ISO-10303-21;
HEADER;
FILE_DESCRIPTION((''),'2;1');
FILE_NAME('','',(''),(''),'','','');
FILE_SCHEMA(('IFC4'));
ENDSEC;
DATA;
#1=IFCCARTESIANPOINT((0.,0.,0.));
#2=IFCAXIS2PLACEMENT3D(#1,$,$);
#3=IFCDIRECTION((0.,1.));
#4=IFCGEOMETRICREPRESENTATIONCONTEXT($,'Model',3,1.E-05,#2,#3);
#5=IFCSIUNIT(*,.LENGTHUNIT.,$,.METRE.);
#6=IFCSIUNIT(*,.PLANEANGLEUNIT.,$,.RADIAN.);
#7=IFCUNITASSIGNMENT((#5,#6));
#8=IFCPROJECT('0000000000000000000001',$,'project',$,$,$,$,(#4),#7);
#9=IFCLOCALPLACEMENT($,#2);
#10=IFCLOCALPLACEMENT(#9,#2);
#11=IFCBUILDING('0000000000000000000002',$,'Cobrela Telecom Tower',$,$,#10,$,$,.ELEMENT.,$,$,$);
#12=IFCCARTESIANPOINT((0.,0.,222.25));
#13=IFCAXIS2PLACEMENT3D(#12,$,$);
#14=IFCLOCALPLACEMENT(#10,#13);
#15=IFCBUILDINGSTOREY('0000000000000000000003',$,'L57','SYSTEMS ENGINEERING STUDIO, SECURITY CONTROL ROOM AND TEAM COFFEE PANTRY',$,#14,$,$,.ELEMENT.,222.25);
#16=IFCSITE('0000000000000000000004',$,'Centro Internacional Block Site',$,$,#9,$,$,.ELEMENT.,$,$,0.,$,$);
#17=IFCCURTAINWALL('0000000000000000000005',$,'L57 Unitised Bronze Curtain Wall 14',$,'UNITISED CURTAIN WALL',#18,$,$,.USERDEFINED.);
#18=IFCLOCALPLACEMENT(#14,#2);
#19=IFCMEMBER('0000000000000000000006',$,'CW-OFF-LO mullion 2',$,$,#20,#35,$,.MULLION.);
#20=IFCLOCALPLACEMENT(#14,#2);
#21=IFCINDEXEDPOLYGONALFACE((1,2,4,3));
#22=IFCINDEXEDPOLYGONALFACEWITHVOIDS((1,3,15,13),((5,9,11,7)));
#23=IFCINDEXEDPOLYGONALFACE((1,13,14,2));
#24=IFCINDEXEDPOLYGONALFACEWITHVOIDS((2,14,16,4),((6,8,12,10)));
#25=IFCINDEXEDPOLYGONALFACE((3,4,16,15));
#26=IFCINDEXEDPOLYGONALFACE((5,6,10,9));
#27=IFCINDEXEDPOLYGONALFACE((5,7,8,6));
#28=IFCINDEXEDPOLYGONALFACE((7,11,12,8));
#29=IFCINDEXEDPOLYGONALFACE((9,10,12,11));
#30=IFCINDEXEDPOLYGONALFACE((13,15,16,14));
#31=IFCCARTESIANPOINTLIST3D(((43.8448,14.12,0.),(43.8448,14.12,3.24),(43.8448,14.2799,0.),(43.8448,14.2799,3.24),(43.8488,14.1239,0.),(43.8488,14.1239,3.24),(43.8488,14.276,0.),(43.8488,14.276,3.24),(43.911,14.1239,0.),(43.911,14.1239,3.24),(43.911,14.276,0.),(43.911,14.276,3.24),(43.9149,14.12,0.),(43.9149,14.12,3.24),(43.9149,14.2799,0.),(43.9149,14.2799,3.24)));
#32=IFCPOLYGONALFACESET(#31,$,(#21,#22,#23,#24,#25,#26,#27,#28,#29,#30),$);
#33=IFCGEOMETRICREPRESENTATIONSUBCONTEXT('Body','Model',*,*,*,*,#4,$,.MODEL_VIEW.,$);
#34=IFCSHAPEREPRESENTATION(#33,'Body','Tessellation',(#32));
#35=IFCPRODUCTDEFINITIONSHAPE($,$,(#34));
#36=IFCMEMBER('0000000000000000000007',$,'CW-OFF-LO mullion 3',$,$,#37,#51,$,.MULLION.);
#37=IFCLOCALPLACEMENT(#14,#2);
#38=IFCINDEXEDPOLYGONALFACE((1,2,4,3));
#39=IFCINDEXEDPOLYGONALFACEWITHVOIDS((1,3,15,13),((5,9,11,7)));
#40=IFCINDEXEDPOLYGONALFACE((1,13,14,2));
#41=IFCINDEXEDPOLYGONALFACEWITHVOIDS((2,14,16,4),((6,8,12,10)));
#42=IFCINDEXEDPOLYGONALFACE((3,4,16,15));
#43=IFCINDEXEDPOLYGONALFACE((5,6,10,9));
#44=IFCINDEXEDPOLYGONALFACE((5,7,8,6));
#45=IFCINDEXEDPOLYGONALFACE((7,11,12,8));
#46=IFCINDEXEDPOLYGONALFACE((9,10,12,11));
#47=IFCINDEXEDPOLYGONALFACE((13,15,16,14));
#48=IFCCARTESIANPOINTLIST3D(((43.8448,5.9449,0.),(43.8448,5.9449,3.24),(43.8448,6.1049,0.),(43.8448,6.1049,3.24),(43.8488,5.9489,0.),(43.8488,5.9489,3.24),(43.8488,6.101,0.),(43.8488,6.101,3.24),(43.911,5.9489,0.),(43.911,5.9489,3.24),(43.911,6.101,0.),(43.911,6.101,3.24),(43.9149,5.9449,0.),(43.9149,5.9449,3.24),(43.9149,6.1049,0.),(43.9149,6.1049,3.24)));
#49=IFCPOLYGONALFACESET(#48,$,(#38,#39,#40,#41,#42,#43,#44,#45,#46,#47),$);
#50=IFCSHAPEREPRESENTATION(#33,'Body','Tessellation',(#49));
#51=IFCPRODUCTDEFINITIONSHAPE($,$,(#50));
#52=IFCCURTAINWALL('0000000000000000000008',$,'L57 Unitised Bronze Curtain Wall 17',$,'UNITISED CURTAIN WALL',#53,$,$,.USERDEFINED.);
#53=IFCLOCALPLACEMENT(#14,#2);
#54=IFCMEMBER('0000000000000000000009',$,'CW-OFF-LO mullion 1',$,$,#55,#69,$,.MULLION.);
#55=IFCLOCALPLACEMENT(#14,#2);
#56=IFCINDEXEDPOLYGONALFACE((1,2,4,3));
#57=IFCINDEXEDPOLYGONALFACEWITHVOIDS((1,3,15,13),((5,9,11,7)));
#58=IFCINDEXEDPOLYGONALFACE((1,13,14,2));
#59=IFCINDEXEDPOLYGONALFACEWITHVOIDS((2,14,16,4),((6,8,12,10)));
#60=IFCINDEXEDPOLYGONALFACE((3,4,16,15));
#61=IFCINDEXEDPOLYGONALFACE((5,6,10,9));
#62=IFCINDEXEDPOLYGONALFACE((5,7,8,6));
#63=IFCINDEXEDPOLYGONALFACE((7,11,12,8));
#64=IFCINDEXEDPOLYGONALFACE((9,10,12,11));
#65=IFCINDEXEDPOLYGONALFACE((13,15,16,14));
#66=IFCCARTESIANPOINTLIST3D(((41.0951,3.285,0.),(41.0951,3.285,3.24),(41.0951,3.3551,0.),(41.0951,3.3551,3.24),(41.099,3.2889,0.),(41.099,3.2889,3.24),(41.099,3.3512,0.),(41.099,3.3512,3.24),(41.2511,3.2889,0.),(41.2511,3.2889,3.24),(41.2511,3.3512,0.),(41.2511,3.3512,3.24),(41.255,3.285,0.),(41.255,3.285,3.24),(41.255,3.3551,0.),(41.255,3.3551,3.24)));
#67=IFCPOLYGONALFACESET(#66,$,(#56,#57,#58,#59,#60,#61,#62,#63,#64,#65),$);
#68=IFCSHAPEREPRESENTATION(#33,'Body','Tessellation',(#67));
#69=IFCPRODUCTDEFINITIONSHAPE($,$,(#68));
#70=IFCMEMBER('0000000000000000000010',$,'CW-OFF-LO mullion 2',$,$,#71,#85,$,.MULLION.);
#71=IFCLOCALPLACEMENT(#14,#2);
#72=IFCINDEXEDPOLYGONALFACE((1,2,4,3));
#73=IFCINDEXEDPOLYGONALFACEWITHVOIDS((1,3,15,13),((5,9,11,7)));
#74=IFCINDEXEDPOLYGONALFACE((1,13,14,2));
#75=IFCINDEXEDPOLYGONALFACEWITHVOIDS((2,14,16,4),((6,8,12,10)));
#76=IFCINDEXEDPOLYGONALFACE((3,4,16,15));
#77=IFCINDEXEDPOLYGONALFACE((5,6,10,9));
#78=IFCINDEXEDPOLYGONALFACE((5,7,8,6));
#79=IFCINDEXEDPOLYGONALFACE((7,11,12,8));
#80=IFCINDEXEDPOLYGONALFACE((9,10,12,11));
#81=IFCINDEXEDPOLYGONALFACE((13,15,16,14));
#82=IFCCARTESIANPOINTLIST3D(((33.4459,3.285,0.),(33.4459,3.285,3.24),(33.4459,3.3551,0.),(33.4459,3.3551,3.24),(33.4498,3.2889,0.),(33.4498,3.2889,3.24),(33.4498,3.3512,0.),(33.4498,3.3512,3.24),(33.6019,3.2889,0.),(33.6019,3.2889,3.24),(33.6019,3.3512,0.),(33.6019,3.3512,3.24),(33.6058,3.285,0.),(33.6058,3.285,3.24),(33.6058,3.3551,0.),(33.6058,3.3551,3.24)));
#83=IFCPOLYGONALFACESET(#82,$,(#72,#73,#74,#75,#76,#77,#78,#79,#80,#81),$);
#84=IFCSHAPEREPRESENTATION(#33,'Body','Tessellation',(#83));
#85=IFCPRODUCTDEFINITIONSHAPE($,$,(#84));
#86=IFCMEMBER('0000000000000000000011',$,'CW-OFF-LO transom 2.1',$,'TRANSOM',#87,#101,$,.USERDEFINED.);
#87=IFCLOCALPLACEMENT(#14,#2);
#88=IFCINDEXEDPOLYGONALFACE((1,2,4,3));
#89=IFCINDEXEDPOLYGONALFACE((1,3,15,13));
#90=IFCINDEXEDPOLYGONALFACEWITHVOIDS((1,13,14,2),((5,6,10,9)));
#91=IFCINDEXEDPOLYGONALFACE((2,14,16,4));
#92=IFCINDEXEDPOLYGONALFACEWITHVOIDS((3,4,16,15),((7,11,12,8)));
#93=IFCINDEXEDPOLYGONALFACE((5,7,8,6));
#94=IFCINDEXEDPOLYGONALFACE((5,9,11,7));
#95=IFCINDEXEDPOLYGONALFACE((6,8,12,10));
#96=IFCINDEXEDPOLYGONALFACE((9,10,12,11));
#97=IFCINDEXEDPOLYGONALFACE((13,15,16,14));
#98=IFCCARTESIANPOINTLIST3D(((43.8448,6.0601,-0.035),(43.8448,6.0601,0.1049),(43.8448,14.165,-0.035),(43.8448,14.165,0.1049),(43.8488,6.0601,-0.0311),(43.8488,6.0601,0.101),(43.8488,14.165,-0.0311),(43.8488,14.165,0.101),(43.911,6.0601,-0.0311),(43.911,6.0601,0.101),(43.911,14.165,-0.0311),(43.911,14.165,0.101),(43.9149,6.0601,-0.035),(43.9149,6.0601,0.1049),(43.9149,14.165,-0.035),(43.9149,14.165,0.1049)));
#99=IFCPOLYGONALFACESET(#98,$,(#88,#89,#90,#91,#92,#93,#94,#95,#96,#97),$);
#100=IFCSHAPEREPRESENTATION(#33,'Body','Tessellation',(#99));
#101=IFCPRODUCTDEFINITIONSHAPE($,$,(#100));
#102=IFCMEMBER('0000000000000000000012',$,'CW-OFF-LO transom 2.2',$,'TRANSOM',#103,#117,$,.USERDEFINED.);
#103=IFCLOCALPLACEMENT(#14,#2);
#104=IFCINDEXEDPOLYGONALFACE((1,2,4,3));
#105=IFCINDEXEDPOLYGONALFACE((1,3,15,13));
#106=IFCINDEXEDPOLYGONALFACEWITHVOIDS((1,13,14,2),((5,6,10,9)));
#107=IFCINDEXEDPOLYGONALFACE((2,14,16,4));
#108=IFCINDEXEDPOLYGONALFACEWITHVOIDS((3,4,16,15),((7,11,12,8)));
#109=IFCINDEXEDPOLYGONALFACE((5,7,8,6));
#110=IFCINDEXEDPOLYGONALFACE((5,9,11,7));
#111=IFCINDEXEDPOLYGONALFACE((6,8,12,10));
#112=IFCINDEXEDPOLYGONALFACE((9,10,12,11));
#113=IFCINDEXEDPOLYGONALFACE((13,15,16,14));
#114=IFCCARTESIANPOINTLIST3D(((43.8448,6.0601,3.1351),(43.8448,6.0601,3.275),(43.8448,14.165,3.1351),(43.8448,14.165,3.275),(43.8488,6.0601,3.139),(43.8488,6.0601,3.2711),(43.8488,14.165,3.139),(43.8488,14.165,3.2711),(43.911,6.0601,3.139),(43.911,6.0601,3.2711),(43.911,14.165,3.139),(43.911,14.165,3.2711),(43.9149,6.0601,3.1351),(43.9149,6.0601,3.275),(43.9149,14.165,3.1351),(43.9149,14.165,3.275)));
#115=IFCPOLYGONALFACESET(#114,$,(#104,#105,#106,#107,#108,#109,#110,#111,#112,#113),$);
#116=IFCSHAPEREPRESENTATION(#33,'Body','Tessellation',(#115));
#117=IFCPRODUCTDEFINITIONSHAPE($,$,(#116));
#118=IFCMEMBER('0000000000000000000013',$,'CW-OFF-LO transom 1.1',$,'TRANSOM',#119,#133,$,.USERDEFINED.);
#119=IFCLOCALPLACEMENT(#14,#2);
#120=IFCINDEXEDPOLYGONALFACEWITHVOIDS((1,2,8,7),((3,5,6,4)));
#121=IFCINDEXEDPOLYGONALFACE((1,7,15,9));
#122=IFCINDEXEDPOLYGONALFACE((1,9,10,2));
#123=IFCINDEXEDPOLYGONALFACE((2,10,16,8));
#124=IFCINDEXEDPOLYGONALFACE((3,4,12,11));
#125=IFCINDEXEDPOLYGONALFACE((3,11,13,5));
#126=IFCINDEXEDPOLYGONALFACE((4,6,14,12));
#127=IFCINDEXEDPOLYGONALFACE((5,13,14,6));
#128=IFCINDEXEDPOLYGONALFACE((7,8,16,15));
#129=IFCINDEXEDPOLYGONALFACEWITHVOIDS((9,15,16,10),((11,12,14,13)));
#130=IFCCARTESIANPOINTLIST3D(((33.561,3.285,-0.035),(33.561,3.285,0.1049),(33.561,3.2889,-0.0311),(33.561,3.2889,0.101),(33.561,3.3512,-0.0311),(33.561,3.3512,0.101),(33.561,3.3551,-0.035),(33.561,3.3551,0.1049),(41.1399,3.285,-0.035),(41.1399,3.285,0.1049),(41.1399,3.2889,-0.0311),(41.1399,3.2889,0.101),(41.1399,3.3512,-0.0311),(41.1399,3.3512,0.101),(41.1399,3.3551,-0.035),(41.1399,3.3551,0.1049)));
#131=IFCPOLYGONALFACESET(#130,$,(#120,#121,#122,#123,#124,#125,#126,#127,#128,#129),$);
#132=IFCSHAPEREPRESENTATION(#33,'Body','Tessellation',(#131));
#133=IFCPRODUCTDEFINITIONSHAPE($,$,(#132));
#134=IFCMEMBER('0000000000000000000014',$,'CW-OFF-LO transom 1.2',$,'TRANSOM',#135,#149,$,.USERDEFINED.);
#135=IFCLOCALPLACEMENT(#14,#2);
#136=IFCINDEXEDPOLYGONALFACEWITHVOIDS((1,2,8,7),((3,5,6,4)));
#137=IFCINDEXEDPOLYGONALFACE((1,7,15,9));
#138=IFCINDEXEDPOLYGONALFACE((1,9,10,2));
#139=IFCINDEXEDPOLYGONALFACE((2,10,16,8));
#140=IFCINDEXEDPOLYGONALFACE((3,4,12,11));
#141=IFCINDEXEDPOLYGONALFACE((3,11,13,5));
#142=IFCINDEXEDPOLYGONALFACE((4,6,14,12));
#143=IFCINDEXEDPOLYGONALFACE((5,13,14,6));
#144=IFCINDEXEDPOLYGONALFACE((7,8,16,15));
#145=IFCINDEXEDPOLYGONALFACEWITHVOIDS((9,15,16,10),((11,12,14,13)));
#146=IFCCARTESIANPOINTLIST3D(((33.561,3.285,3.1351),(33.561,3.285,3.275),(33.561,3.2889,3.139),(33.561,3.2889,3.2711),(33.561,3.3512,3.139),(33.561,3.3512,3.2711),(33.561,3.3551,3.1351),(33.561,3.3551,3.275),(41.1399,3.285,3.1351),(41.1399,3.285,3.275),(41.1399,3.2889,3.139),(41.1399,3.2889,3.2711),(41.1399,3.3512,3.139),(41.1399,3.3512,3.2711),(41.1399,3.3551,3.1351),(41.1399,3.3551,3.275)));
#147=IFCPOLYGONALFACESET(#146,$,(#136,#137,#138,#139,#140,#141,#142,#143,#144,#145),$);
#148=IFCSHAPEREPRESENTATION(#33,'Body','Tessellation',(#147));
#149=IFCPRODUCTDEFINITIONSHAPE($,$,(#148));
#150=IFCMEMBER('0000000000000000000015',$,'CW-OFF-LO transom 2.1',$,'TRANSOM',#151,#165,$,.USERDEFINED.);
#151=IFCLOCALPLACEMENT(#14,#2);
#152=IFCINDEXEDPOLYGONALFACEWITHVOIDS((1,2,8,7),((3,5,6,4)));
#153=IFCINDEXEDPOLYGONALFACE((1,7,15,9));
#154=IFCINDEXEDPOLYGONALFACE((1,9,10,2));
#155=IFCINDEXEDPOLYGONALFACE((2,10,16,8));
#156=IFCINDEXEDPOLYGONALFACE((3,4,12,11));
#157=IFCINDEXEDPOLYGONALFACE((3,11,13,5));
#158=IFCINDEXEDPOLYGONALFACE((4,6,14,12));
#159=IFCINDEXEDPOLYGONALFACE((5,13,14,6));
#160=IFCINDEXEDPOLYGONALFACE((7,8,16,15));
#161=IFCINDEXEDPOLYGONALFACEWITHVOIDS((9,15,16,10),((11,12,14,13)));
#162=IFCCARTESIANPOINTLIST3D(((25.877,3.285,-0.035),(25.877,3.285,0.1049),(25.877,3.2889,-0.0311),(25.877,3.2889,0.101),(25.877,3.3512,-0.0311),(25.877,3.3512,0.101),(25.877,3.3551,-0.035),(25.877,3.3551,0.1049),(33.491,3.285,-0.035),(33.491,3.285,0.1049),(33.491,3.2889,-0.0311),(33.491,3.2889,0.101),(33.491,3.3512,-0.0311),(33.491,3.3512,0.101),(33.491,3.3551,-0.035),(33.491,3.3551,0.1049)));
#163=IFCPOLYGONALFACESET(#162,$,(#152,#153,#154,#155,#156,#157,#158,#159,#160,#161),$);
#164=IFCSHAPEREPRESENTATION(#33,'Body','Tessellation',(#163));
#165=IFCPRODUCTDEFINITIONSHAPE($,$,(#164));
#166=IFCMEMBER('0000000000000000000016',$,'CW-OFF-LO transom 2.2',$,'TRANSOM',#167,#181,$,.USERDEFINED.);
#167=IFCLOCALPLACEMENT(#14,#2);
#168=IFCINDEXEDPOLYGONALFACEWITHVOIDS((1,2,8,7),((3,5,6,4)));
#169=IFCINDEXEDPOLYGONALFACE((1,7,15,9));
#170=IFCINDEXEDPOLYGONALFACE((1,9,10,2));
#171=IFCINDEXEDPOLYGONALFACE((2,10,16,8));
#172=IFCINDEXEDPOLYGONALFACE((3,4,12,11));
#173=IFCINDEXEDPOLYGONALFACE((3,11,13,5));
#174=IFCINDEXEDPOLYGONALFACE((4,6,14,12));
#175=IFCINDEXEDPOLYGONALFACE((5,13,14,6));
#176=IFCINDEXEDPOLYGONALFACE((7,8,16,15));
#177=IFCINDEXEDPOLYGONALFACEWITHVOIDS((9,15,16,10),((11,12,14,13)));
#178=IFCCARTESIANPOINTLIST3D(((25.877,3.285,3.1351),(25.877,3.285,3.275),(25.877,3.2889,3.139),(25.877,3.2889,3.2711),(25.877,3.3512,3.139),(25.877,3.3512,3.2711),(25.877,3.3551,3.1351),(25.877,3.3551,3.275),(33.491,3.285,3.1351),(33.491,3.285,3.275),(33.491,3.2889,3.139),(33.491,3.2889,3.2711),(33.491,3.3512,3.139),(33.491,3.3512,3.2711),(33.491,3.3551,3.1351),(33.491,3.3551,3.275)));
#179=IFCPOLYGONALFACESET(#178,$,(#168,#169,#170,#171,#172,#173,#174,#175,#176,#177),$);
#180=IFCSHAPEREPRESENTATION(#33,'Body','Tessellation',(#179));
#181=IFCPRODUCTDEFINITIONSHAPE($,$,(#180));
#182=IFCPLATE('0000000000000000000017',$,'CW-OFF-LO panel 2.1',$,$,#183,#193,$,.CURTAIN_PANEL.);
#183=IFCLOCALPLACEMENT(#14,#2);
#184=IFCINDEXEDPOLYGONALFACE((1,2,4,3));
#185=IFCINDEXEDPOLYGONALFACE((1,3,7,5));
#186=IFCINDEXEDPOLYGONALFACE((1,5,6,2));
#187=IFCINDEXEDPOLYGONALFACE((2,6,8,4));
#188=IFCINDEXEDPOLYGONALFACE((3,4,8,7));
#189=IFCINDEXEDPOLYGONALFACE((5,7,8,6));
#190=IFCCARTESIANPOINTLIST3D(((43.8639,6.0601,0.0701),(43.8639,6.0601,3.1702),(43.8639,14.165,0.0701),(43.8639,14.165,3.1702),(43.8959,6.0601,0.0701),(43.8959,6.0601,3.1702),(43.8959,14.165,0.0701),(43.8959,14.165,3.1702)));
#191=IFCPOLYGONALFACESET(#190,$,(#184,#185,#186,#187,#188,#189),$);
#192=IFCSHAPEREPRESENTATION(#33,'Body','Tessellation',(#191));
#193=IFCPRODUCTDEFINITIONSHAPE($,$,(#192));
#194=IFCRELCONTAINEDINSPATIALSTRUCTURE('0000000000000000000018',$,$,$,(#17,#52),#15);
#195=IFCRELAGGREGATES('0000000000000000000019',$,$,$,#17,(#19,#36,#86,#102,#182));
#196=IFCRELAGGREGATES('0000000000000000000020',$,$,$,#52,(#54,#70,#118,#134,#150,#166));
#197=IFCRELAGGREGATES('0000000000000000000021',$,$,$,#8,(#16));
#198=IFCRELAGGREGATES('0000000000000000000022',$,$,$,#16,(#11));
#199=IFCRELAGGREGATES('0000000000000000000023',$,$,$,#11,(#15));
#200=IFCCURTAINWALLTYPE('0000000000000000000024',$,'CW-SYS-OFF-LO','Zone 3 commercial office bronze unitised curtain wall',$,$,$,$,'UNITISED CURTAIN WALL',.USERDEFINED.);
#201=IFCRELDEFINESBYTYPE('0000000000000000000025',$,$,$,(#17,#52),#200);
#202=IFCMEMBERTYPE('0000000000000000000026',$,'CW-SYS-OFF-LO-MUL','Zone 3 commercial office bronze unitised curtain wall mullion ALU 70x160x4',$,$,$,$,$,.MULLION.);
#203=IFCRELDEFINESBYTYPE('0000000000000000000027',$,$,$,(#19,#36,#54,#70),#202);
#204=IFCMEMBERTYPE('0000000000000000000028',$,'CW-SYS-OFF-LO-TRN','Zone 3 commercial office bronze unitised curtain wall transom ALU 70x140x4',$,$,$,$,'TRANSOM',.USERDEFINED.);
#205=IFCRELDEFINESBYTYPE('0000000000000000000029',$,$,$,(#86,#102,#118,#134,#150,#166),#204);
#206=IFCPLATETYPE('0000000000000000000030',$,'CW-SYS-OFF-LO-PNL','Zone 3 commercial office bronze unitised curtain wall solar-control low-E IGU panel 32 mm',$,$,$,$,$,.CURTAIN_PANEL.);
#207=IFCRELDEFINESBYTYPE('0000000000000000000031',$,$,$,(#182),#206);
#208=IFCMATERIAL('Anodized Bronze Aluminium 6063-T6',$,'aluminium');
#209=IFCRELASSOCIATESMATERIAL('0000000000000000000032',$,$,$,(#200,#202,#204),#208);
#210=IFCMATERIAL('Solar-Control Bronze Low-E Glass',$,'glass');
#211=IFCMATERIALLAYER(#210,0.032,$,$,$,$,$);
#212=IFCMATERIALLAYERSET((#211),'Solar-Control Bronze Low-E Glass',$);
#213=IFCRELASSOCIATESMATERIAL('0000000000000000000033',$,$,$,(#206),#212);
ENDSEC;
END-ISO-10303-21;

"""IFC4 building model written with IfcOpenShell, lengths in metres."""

from ifc_helpers import new_model, si_unit, direction, frame, origin, origin_2d, place, context, subcontext, project, spatial, rectangle, hollow_rectangle, extrude, material, layer, layer_set, material_profile, profile_set, type_object, element, aggregate, save


model = new_model("IFC4")

# Units and contexts
model_context = context("Model", 3, precision=1e-05, world=origin(), true_north=direction((0.0, 1.0)))
body_context = subcontext(model_context, "Body", "Model", "MODEL_VIEW")
ifc_project = project(units=[si_unit("LENGTHUNIT", "METRE"), si_unit("PLANEANGLEUNIT", "RADIAN")], contexts=[model_context])

# Site, building, storey
site_placement = place(None, origin())
site = spatial("IfcSite", under=ifc_project, at=site_placement, Name="Centro Internacional Block Site", CompositionType="ELEMENT", RefElevation=0.0)
building_placement = place(site_placement, origin())
building = spatial("IfcBuilding", under=site, at=building_placement, Name="Cobrela Telecom Tower", CompositionType="ELEMENT")
storey_placement = place(building_placement, frame((0.0, 0.0, 222.25)))
storey = spatial("IfcBuildingStorey", under=building, at=storey_placement, Name="L57", Description="SYSTEMS ENGINEERING STUDIO, SECURITY CONTROL ROOM AND TEAM COFFEE PANTRY", CompositionType="ELEMENT", Elevation=222.25)

# Curtain walls, members
ifc_material_1 = material(Name="Anodized Bronze Aluminium 6063-T6", Category="aluminium")
curtain_wall_type = type_object("IfcCurtainWallType", Name="CW-SYS-OFF-LO", Description="Zone 3 commercial office bronze unitised curtain wall", ElementType="UNITISED CURTAIN WALL", PredefinedType="USERDEFINED", material=ifc_material_1)
curtain_wall_1_placement = place(storey_placement, origin())
curtain_wall_1 = element("IfcCurtainWall", 1, at=curtain_wall_1_placement, inside=storey, type_object=curtain_wall_type, Name="L57 Unitised Bronze Curtain Wall 14", ObjectType="UNITISED CURTAIN WALL", PredefinedType="USERDEFINED")
ifc_material_profile_1 = material_profile(ifc_material_1, hollow_rectangle(XDim=0.0701, YDim=0.1599, WallThickness=0.0039, at=origin_2d()), Name="ALU 70x160x4")
ifc_profile_set_1 = profile_set([ifc_material_profile_1], Name="Anodized Bronze Aluminium 6063-T6")
member_type_1 = type_object("IfcMemberType", Name="CW-SYS-OFF-LO-MUL", Description="Zone 3 commercial office bronze unitised curtain wall mullion ALU 70x160x4", PredefinedType="MULLION", material=ifc_profile_set_1)
member_1_placement = place(storey_placement, frame((43.8799, 14.2, 0.0), z_axis=(0.0, 0.0, 1.0), x_axis=(1.0, 0.0, 0.0)))
member_1 = element("IfcMember", 2, at=member_1_placement, type_object=member_type_1, Name="CW-OFF-LO mullion 2", PredefinedType="MULLION", context=body_context, shape_type="SweptSolid", body=[
    extrude(hollow_rectangle(XDim=0.0701, YDim=0.1599, WallThickness=0.0039, at=origin_2d()), origin(), (0.0, 0.0, 1.0), 3.24),
])
member_2_placement = place(storey_placement, frame((43.8799, 6.0249, 0.0), z_axis=(0.0, 0.0, 1.0), x_axis=(1.0, 0.0, 0.0)))
member_2 = element("IfcMember", 3, at=member_2_placement, type_object=member_type_1, Name="CW-OFF-LO mullion 3", PredefinedType="MULLION", context=body_context, shape_type="SweptSolid", body=[
    extrude(hollow_rectangle(XDim=0.0701, YDim=0.1599, WallThickness=0.0039, at=origin_2d()), origin(), (0.0, 0.0, 1.0), 3.24),
])
curtain_wall_2_placement = place(storey_placement, origin())
curtain_wall_2 = element("IfcCurtainWall", 4, at=curtain_wall_2_placement, inside=storey, type_object=curtain_wall_type, Name="L57 Unitised Bronze Curtain Wall 17", ObjectType="UNITISED CURTAIN WALL", PredefinedType="USERDEFINED")
member_3_placement = place(storey_placement, frame((41.175, 3.3201, 0.0), z_axis=(0.0, 0.0, 1.0), x_axis=(0.0, -1.0, 0.0)))
member_3 = element("IfcMember", 5, at=member_3_placement, type_object=member_type_1, Name="CW-OFF-LO mullion 1", PredefinedType="MULLION", context=body_context, shape_type="SweptSolid", body=[
    extrude(hollow_rectangle(XDim=0.0701, YDim=0.1599, WallThickness=0.0039, at=origin_2d()), origin(), (0.0, 0.0, 1.0), 3.24),
])
member_4_placement = place(storey_placement, frame((33.5259, 3.3201, 0.0), z_axis=(0.0, 0.0, 1.0), x_axis=(0.0, -1.0, 0.0)))
member_4 = element("IfcMember", 6, at=member_4_placement, type_object=member_type_1, Name="CW-OFF-LO mullion 2", PredefinedType="MULLION", context=body_context, shape_type="SweptSolid", body=[
    extrude(hollow_rectangle(XDim=0.0701, YDim=0.1599, WallThickness=0.0039, at=origin_2d()), origin(), (0.0, 0.0, 1.0), 3.24),
])

# Members
ifc_material_profile_2 = material_profile(ifc_material_1, hollow_rectangle(XDim=0.0701, YDim=0.1399, WallThickness=0.0039, at=origin_2d()), Name="ALU 70x140x4")
ifc_profile_set_2 = profile_set([ifc_material_profile_2], Name="Anodized Bronze Aluminium 6063-T6")
member_type_2 = type_object("IfcMemberType", Name="CW-SYS-OFF-LO-TRN", Description="Zone 3 commercial office bronze unitised curtain wall transom ALU 70x140x4", ElementType="TRANSOM", PredefinedType="USERDEFINED", material=ifc_profile_set_2)
member_5_placement = place(storey_placement, frame((43.8799, 14.165, 0.0349), z_axis=(0.0, -1.0, 0.0), x_axis=(1.0, 0.0, 0.0)))
member_5 = element("IfcMember", 7, at=member_5_placement, type_object=member_type_2, Name="CW-OFF-LO transom 2.1", ObjectType="TRANSOM", PredefinedType="USERDEFINED", context=body_context, shape_type="SweptSolid", body=[
    extrude(hollow_rectangle(XDim=0.0701, YDim=0.1399, WallThickness=0.0039, at=origin_2d()), origin(), (0.0, 0.0, 1.0), 8.105),
])
member_6_placement = place(storey_placement, frame((43.8799, 14.165, 3.2051), z_axis=(0.0, -1.0, 0.0), x_axis=(1.0, 0.0, 0.0)))
member_6 = element("IfcMember", 8, at=member_6_placement, type_object=member_type_2, Name="CW-OFF-LO transom 2.2", ObjectType="TRANSOM", PredefinedType="USERDEFINED", context=body_context, shape_type="SweptSolid", body=[
    extrude(hollow_rectangle(XDim=0.0701, YDim=0.1399, WallThickness=0.0039, at=origin_2d()), origin(), (0.0, 0.0, 1.0), 8.105),
])
member_7_placement = place(storey_placement, frame((41.1399, 3.3201, 0.0349), z_axis=(-1.0, 0.0, 0.0), x_axis=(0.0, -1.0, 0.0)))
member_7 = element("IfcMember", 9, at=member_7_placement, type_object=member_type_2, Name="CW-OFF-LO transom 1.1", ObjectType="TRANSOM", PredefinedType="USERDEFINED", context=body_context, shape_type="SweptSolid", body=[
    extrude(hollow_rectangle(XDim=0.0701, YDim=0.1399, WallThickness=0.0039, at=origin_2d()), origin(), (0.0, 0.0, 1.0), 7.5789),
])
member_8_placement = place(storey_placement, frame((41.1399, 3.3201, 3.2051), z_axis=(-1.0, 0.0, 0.0), x_axis=(0.0, -1.0, 0.0)))
member_8 = element("IfcMember", 10, at=member_8_placement, type_object=member_type_2, Name="CW-OFF-LO transom 1.2", ObjectType="TRANSOM", PredefinedType="USERDEFINED", context=body_context, shape_type="SweptSolid", body=[
    extrude(hollow_rectangle(XDim=0.0701, YDim=0.1399, WallThickness=0.0039, at=origin_2d()), origin(), (0.0, 0.0, 1.0), 7.5789),
])
member_9_placement = place(storey_placement, frame((33.491, 3.3201, 0.0349), z_axis=(-1.0, 0.0, 0.0), x_axis=(0.0, -1.0, 0.0)))
member_9 = element("IfcMember", 11, at=member_9_placement, type_object=member_type_2, Name="CW-OFF-LO transom 2.1", ObjectType="TRANSOM", PredefinedType="USERDEFINED", context=body_context, shape_type="SweptSolid", body=[
    extrude(hollow_rectangle(XDim=0.0701, YDim=0.1399, WallThickness=0.0039, at=origin_2d()), origin(), (0.0, 0.0, 1.0), 7.614),
])
member_10_placement = place(storey_placement, frame((33.491, 3.3201, 3.2051), z_axis=(-1.0, 0.0, 0.0), x_axis=(0.0, -1.0, 0.0)))
member_10 = element("IfcMember", 12, at=member_10_placement, type_object=member_type_2, Name="CW-OFF-LO transom 2.2", ObjectType="TRANSOM", PredefinedType="USERDEFINED", context=body_context, shape_type="SweptSolid", body=[
    extrude(hollow_rectangle(XDim=0.0701, YDim=0.1399, WallThickness=0.0039, at=origin_2d()), origin(), (0.0, 0.0, 1.0), 7.614),
])

# Plate
ifc_material_2 = material(Name="Solar-Control Bronze Low-E Glass", Category="glass")
ifc_layer_1 = layer(ifc_material_2, 0.032)
ifc_layer_set_1 = layer_set([ifc_layer_1], Name="Solar-Control Bronze Low-E Glass")
plate_type = type_object("IfcPlateType", Name="CW-SYS-OFF-LO-PNL", Description="Zone 3 commercial office bronze unitised curtain wall solar-control low-E IGU panel 32 mm", PredefinedType="CURTAIN_PANEL", material=ifc_layer_set_1)
plate_1_placement = place(storey_placement, frame((43.8799, 10.1125, 0.0701), z_axis=(0.0, 0.0, 1.0), x_axis=(0.0, -1.0, 0.0)))
plate_1 = element("IfcPlate", 13, at=plate_1_placement, type_object=plate_type, Name="CW-OFF-LO panel 2.1", PredefinedType="CURTAIN_PANEL", context=body_context, shape_type="SweptSolid", body=[
    extrude(rectangle(XDim=8.105, YDim=0.032, at=origin_2d()), origin(), (0.0, 0.0, 1.0), 3.1001),
])
aggregate(curtain_wall_1, [member_1, member_2, member_5, member_6, plate_1])
aggregate(curtain_wall_2, [member_3, member_4, member_7, member_8, member_9, member_10])

save(model, "model.ifc")
